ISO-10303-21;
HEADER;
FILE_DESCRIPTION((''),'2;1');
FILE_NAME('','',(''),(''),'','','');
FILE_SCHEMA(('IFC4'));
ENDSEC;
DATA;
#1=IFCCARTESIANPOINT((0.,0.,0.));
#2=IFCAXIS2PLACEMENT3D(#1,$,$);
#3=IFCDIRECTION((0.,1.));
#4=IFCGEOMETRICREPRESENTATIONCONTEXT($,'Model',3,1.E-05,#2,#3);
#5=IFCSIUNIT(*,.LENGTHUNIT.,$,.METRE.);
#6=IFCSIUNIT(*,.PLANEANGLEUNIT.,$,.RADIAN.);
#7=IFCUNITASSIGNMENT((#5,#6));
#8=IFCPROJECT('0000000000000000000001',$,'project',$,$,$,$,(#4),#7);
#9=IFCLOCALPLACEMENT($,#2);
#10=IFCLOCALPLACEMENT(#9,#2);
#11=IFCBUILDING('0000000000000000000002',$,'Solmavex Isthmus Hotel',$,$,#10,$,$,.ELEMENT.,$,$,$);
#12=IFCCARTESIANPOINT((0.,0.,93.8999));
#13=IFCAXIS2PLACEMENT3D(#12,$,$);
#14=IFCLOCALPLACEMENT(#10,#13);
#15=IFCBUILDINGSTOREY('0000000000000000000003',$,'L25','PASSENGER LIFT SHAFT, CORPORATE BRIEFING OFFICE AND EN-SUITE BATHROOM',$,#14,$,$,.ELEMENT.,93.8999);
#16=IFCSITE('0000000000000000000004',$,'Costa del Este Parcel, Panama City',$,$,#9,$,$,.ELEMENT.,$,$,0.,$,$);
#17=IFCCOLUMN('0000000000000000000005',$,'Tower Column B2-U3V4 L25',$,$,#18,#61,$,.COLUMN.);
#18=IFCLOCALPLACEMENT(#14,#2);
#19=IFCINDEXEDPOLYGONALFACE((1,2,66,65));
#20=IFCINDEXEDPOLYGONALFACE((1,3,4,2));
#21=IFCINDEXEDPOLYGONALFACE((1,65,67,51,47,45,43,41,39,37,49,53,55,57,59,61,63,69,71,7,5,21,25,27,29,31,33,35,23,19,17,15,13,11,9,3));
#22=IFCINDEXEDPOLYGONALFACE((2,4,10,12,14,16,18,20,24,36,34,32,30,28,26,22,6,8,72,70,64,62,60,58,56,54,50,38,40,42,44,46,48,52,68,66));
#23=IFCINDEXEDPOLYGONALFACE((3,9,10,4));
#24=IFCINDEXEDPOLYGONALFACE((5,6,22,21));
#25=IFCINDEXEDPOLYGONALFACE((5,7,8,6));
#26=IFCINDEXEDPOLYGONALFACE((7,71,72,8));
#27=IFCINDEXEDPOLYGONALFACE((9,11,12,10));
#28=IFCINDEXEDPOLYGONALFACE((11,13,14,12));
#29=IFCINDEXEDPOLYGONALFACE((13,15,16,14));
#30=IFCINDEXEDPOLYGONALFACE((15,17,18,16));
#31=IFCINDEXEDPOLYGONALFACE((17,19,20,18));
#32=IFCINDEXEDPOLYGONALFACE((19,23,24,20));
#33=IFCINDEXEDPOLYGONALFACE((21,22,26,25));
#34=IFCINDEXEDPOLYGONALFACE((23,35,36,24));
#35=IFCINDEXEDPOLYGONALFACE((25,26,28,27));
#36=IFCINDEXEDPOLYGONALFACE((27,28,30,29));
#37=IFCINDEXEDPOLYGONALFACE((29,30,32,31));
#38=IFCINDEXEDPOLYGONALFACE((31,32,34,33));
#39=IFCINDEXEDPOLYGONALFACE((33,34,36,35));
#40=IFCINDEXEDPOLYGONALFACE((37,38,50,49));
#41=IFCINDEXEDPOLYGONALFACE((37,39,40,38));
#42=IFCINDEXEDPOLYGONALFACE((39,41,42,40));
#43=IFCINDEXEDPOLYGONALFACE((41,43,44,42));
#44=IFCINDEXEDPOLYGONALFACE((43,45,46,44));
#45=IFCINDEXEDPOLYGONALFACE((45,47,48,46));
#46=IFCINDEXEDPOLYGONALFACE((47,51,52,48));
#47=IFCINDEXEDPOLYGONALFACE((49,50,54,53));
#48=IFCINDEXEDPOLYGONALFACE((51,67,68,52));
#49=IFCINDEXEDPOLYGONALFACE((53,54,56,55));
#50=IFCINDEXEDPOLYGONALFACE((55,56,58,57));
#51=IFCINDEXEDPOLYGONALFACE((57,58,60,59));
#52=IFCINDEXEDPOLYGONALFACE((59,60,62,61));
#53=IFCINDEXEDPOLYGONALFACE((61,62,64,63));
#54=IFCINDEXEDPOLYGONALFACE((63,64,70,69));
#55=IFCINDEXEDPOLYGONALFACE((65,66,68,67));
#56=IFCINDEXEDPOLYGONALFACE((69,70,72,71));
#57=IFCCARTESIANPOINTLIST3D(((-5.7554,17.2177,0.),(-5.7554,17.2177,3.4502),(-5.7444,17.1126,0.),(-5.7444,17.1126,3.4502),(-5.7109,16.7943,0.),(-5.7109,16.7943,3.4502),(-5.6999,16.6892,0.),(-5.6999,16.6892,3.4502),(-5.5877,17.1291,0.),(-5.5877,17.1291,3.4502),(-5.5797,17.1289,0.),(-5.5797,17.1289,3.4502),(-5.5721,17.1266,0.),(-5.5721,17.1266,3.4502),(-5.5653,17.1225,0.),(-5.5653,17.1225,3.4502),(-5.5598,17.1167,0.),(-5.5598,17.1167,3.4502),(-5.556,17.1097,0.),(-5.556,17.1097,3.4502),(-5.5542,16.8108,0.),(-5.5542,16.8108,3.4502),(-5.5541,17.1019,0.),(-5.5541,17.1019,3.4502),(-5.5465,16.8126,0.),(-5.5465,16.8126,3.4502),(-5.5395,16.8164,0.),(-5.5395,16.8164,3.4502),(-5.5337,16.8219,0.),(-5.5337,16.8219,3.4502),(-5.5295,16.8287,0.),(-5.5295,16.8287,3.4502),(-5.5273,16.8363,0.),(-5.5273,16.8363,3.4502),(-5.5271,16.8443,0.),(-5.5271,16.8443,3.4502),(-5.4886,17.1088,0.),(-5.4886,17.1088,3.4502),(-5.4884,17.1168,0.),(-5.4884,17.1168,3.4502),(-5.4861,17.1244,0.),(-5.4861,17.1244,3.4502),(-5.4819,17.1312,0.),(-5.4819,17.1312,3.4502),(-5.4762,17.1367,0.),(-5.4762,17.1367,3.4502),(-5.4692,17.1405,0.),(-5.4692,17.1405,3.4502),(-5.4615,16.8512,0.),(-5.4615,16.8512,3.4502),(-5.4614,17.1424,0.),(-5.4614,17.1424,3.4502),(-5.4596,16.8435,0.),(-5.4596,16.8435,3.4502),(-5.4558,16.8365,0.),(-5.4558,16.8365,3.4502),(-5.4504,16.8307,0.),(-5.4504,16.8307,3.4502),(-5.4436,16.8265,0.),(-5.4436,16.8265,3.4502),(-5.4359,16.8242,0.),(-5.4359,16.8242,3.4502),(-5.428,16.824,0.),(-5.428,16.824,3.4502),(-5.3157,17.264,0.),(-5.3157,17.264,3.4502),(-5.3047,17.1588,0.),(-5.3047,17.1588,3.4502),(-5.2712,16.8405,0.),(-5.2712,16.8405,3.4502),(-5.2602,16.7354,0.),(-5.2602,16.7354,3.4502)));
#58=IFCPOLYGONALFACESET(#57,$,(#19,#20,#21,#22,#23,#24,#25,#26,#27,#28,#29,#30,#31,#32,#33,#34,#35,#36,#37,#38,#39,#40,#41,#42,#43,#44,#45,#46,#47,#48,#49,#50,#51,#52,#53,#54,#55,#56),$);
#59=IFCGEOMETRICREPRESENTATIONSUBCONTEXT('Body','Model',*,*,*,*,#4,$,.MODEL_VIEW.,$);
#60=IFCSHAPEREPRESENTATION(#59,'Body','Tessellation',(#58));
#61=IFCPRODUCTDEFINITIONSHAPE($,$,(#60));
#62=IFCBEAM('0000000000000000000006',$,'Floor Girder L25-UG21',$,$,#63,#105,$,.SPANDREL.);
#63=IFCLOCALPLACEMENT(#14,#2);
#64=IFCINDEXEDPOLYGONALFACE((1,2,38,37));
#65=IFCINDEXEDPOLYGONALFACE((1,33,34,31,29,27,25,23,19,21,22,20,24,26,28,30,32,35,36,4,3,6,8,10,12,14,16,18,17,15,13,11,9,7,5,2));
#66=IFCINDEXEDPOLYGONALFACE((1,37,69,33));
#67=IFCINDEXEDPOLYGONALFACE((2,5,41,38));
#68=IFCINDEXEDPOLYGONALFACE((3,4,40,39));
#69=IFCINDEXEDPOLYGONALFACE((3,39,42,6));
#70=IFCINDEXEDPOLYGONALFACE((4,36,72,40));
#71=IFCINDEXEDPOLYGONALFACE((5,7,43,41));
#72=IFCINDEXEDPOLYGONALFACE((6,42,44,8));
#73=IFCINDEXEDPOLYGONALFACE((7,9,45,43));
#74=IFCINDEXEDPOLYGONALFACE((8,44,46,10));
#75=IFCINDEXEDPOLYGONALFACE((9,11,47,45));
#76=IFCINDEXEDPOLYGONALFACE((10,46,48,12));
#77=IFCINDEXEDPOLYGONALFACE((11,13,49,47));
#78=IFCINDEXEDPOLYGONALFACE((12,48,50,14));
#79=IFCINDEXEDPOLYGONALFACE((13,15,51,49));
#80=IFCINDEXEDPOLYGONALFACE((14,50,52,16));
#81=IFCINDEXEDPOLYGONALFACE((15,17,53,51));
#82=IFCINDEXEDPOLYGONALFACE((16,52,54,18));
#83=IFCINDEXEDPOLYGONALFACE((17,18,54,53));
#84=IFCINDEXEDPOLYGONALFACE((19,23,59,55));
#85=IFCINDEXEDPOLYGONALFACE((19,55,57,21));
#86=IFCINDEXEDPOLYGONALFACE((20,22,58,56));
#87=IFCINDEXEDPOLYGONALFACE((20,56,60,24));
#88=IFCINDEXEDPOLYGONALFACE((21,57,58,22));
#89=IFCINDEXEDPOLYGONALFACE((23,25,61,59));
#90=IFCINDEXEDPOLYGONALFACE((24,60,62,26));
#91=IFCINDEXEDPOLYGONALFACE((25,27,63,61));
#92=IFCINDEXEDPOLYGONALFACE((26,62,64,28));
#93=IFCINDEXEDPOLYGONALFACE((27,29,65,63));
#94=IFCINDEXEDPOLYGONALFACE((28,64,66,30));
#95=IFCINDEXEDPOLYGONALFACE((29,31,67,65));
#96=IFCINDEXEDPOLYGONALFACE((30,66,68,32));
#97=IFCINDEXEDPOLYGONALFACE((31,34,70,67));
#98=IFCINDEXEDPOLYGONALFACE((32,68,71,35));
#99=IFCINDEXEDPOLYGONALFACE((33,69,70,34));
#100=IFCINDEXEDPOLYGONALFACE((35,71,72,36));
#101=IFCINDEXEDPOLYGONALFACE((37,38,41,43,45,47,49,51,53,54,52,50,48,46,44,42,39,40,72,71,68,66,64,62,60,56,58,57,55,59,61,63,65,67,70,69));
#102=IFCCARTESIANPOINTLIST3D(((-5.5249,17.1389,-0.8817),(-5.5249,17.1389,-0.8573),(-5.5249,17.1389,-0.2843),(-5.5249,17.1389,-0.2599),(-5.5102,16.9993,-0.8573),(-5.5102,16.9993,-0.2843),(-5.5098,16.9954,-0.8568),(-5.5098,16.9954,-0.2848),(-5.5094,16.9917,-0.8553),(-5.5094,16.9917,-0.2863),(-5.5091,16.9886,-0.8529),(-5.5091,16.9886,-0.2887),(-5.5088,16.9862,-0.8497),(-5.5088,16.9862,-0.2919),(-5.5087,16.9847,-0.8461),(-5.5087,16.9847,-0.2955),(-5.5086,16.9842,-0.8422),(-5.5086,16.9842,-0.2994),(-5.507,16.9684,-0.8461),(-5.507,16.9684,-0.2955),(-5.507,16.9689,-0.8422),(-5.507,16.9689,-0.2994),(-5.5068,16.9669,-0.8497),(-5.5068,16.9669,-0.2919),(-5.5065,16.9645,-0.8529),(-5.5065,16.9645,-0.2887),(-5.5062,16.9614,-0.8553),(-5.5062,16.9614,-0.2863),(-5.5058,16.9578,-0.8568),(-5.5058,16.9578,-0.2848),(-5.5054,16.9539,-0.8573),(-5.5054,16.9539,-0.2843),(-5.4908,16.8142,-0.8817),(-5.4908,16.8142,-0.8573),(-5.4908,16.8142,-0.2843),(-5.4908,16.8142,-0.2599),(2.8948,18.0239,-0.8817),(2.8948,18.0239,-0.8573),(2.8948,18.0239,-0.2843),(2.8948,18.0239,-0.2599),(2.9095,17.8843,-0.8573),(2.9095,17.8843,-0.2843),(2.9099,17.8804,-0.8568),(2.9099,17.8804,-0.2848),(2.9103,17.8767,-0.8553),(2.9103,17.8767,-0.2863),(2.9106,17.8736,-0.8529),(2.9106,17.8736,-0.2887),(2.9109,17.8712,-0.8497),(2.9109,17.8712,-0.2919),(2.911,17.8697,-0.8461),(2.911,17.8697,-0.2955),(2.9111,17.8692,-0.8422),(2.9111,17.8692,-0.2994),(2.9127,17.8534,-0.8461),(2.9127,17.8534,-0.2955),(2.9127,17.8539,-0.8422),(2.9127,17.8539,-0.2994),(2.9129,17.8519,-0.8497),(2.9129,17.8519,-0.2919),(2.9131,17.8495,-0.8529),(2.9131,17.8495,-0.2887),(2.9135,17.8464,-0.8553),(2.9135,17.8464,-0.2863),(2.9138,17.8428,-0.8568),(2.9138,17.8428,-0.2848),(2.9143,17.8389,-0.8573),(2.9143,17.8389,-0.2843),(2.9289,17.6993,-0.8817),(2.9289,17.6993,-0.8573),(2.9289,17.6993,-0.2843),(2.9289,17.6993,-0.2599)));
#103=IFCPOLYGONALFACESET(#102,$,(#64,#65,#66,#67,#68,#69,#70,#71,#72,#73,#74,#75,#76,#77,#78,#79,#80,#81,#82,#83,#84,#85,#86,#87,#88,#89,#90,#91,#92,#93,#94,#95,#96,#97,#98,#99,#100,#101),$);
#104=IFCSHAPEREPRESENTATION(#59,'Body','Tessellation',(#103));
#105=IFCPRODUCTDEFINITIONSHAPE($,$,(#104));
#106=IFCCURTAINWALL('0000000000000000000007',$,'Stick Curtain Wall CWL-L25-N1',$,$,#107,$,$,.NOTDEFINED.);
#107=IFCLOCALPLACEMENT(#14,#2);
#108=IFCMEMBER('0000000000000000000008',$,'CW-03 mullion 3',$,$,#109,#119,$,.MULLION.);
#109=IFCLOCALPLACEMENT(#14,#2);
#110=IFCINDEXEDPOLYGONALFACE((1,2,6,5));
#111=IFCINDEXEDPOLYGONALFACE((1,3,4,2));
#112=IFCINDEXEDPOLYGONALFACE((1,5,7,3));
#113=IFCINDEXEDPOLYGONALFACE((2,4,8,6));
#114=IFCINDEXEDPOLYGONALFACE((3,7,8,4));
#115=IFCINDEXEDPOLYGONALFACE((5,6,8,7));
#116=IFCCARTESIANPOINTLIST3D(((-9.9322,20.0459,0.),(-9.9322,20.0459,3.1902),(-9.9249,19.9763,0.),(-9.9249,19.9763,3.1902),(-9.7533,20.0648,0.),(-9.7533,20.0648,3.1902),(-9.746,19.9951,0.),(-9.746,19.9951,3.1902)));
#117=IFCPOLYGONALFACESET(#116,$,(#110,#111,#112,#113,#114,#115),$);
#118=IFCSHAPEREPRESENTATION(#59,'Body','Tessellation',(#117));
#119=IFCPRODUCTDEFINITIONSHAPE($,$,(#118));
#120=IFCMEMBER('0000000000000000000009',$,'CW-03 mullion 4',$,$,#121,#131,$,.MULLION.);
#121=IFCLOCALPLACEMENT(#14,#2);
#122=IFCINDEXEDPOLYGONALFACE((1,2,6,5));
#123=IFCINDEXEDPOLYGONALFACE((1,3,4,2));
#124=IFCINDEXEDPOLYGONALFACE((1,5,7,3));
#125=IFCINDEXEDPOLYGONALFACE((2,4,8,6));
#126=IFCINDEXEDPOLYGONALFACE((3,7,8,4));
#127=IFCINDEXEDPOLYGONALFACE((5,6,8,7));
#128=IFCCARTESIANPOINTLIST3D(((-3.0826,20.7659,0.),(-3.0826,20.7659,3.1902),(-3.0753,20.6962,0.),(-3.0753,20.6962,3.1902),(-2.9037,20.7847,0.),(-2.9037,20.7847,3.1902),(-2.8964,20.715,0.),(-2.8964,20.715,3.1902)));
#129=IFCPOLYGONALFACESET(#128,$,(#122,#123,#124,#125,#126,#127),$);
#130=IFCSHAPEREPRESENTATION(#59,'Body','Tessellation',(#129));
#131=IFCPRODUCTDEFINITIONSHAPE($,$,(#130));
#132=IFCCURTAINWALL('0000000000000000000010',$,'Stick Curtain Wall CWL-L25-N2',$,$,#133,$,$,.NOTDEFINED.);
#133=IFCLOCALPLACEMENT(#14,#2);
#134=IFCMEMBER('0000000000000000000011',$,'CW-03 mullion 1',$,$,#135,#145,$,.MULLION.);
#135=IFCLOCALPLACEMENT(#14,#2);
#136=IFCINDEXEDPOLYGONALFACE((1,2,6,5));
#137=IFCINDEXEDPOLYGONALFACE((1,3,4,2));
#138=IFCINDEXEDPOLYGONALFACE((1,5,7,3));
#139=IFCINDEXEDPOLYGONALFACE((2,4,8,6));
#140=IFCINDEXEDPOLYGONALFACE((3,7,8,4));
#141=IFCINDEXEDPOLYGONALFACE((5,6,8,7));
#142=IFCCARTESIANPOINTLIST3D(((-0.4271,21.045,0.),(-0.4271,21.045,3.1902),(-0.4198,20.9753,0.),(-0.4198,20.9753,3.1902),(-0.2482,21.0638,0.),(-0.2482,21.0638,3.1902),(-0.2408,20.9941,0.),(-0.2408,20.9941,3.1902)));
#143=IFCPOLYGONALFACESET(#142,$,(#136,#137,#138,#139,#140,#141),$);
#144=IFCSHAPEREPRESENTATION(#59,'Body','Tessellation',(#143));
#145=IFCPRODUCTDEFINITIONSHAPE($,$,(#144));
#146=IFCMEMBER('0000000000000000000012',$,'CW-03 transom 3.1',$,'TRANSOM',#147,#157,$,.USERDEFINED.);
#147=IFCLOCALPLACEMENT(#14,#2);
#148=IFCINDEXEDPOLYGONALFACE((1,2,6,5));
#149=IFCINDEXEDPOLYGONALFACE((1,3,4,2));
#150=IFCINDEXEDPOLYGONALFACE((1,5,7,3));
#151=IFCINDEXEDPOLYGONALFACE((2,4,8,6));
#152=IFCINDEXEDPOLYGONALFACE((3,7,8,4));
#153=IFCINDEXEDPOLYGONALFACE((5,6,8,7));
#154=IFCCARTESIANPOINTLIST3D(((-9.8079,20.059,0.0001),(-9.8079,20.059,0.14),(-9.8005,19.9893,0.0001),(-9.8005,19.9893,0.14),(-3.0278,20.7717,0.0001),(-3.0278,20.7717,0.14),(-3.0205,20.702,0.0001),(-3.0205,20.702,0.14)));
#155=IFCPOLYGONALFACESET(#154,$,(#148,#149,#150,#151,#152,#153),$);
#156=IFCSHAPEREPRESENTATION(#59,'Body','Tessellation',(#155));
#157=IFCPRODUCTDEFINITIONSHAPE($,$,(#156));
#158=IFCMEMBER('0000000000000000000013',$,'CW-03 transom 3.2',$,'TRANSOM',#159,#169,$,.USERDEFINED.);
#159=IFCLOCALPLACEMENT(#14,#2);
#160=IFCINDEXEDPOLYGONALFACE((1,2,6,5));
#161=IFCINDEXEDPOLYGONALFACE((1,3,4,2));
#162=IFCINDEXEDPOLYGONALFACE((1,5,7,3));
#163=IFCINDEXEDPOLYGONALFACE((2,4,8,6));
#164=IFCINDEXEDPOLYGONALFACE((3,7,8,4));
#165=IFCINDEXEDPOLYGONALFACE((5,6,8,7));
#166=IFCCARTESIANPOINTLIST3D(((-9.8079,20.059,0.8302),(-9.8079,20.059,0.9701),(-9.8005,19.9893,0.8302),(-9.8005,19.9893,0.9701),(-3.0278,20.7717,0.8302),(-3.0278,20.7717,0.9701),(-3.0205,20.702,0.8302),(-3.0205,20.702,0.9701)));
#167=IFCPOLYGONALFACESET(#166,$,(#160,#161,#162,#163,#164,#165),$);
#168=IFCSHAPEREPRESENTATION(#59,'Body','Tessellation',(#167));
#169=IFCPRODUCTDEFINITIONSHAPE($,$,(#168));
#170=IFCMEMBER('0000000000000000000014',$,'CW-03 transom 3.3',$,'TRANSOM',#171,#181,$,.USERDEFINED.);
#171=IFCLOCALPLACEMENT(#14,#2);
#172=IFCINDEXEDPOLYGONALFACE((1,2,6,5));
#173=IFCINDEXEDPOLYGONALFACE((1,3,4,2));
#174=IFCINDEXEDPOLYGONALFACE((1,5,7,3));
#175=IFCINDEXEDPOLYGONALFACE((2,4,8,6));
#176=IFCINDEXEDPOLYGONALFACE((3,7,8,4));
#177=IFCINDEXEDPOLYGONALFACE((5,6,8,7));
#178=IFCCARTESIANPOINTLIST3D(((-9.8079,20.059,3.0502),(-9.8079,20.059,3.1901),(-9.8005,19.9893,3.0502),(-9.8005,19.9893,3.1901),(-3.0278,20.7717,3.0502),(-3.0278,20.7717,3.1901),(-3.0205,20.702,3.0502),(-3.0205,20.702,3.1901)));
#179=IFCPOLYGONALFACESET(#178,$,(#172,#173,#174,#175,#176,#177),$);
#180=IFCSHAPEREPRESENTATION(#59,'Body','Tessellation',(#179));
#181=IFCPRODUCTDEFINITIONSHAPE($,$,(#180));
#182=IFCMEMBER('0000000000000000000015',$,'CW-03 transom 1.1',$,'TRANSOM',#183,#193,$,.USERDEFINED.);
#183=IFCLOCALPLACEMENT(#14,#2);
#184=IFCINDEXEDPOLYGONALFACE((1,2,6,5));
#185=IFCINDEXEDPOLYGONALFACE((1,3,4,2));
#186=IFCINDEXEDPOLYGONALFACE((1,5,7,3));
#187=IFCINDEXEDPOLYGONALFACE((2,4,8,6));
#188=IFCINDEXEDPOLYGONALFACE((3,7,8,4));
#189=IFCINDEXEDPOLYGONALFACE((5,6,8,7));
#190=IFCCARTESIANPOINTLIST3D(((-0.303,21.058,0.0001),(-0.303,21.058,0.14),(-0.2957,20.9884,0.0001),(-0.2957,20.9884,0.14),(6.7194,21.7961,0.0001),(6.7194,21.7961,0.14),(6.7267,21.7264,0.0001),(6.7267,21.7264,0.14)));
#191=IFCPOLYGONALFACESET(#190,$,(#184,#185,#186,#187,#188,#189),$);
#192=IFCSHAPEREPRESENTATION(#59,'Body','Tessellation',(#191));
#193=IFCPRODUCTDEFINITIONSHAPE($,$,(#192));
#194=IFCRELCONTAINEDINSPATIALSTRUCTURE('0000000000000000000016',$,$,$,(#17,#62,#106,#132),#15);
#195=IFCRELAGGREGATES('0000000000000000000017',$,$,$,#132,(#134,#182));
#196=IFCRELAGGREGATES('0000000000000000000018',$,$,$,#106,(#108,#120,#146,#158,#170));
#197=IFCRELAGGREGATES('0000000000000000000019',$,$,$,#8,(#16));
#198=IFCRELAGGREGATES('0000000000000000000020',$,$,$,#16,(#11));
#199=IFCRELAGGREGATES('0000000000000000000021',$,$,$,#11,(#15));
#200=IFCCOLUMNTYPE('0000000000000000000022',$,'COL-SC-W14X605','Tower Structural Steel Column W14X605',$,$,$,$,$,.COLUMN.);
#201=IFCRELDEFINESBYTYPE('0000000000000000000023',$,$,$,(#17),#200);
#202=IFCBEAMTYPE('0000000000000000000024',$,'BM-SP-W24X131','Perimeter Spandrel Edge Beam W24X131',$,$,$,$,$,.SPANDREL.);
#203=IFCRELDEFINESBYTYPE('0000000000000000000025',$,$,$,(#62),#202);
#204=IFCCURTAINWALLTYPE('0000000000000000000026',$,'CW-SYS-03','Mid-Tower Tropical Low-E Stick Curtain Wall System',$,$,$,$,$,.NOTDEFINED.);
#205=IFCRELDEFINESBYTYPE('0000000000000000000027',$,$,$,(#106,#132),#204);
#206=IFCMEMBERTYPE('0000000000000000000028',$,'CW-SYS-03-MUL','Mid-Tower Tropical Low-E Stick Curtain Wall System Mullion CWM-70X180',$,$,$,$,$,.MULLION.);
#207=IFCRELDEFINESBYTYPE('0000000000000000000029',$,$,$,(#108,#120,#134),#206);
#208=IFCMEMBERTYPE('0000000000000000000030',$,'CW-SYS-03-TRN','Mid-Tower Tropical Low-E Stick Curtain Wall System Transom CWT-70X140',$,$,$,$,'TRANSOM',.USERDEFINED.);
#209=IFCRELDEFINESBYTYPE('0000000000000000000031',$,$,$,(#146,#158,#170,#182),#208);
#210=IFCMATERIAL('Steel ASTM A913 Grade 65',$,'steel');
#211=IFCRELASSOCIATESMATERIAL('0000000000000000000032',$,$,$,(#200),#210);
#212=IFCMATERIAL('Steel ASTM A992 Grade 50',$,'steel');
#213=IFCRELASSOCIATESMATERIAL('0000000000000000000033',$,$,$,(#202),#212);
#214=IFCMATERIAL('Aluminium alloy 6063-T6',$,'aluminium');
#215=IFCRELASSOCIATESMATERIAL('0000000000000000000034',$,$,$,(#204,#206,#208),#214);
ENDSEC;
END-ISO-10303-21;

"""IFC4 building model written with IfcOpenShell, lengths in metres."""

from ifc_helpers import new_model, si_unit, direction, frame, origin, origin_2d, place, context, subcontext, project, spatial, rectangle, i_section, extrude, material, material_profile, profile_set, type_object, element, aggregate, save


model = new_model("IFC4")

# Units and contexts
model_context = context("Model", 3, precision=1e-05, world=origin(), true_north=direction((0.0, 1.0)))
body_context = subcontext(model_context, "Body", "Model", "MODEL_VIEW")
ifc_project = project(units=[si_unit("LENGTHUNIT", "METRE"), si_unit("PLANEANGLEUNIT", "RADIAN")], contexts=[model_context])

# Site, building, storey
site_placement = place(None, origin())
site = spatial("IfcSite", under=ifc_project, at=site_placement, Name="Costa del Este Parcel, Panama City", CompositionType="ELEMENT", RefElevation=0.0)
building_placement = place(site_placement, origin())
building = spatial("IfcBuilding", under=site, at=building_placement, Name="Solmavex Isthmus Hotel", CompositionType="ELEMENT")
storey_placement = place(building_placement, frame((0.0, 0.0, 93.8999)))
storey = spatial("IfcBuildingStorey", under=building, at=storey_placement, Name="L25", Description="PASSENGER LIFT SHAFT, CORPORATE BRIEFING OFFICE AND EN-SUITE BATHROOM", CompositionType="ELEMENT", Elevation=93.8999)

# Column
ifc_material_1 = material(Name="Steel ASTM A913 Grade 65", Category="steel")
ifc_material_profile_1 = material_profile(ifc_material_1, i_section(OverallWidth=0.4421, OverallDepth=0.5315, WebThickness=0.0659, FlangeThickness=0.1057, FilletRadius=0.0305, at=origin_2d()), Name="W14X605")
ifc_profile_set_1 = profile_set([ifc_material_profile_1], Name="Steel ASTM A913 Grade 65")
column_type = type_object("IfcColumnType", Name="COL-SC-W14X605", Description="Tower Structural Steel Column W14X605", PredefinedType="COLUMN", material=ifc_profile_set_1)
column_placement = place(storey_placement, frame((-5.5078, 16.9766, 0.0), z_axis=(0.0, 0.0, 1.0), x_axis=(0.994522, 0.104528, 0.0)))
element("IfcColumn", 1, at=column_placement, inside=storey, type_object=column_type, Name="Tower Column B2-U3V4 L25", PredefinedType="COLUMN", context=body_context, shape_type="SweptSolid", body=[
    extrude(i_section(OverallWidth=0.4421, OverallDepth=0.5315, WebThickness=0.0659, FlangeThickness=0.1057, FilletRadius=0.0305, at=origin_2d()), origin(), (0.0, 0.0, 1.0), 3.4502),
])

# Beam
ifc_material_2 = material(Name="Steel ASTM A992 Grade 50", Category="steel")
ifc_material_profile_2 = material_profile(ifc_material_2, i_section(OverallWidth=0.3264, OverallDepth=0.6218, WebThickness=0.0154, FlangeThickness=0.0244, FilletRadius=0.0151, at=origin_2d()), Name="W24X131")
ifc_profile_set_2 = profile_set([ifc_material_profile_2], Name="Steel ASTM A992 Grade 50")
beam_type = type_object("IfcBeamType", Name="BM-SP-W24X131", Description="Perimeter Spandrel Edge Beam W24X131", PredefinedType="SPANDREL", material=ifc_profile_set_2)
beam_placement = place(storey_placement, frame((-5.5078, 16.9766, -0.5708), z_axis=(0.994521, 0.104536, 0.0), x_axis=(-0.104536, 0.994521, 0.0)))
element("IfcBeam", 2, at=beam_placement, inside=storey, type_object=beam_type, Name="Floor Girder L25-UG21", PredefinedType="SPANDREL", context=body_context, shape_type="SweptSolid", body=[
    extrude(i_section(OverallWidth=0.3264, OverallDepth=0.6218, WebThickness=0.0154, FlangeThickness=0.0244, FilletRadius=0.0151, at=origin_2d()), origin(), (0.0, 0.0, 1.0), 8.4661),
])

# Curtain wall, members
ifc_material_3 = material(Name="Aluminium alloy 6063-T6", Category="aluminium")
curtain_wall_type = type_object("IfcCurtainWallType", Name="CW-SYS-03", Description="Mid-Tower Tropical Low-E Stick Curtain Wall System", PredefinedType="NOTDEFINED", material=ifc_material_3)
curtain_wall_1_placement = place(storey_placement, origin())
curtain_wall_1 = element("IfcCurtainWall", 3, at=curtain_wall_1_placement, inside=storey, type_object=curtain_wall_type, Name="Stick Curtain Wall CWL-L25-N1", PredefinedType="NOTDEFINED")
ifc_material_profile_3 = material_profile(ifc_material_3, rectangle(XDim=0.0701, YDim=0.1799, at=origin_2d()), Name="CWM-70X180")
ifc_profile_set_3 = profile_set([ifc_material_profile_3], Name="Aluminium alloy 6063-T6")
member_type_1 = type_object("IfcMemberType", Name="CW-SYS-03-MUL", Description="Mid-Tower Tropical Low-E Stick Curtain Wall System Mullion CWM-70X180", PredefinedType="MULLION", material=ifc_profile_set_3)
member_1_placement = place(storey_placement, frame((-9.8391, 20.0205, 0.0), z_axis=(0.0, 0.0, 1.0), x_axis=(-0.104528, 0.994522, 0.0)))
member_1 = element("IfcMember", 4, at=member_1_placement, type_object=member_type_1, Name="CW-03 mullion 3", PredefinedType="MULLION", context=body_context, shape_type="SweptSolid", body=[
    extrude(rectangle(XDim=0.0701, YDim=0.1799, at=origin_2d()), origin(), (0.0, 0.0, 1.0), 3.1902),
])
member_2_placement = place(storey_placement, frame((-2.9895, 20.7405, 0.0), z_axis=(0.0, 0.0, 1.0), x_axis=(-0.104528, 0.994522, 0.0)))
member_2 = element("IfcMember", 5, at=member_2_placement, type_object=member_type_1, Name="CW-03 mullion 4", PredefinedType="MULLION", context=body_context, shape_type="SweptSolid", body=[
    extrude(rectangle(XDim=0.0701, YDim=0.1799, at=origin_2d()), origin(), (0.0, 0.0, 1.0), 3.1902),
])

# Curtain wall, member
curtain_wall_2_placement = place(storey_placement, origin())
curtain_wall_2 = element("IfcCurtainWall", 6, at=curtain_wall_2_placement, inside=storey, type_object=curtain_wall_type, Name="Stick Curtain Wall CWL-L25-N2", PredefinedType="NOTDEFINED")
member_3_placement = place(storey_placement, frame((-0.334, 21.0195, 0.0), z_axis=(0.0, 0.0, 1.0), x_axis=(-0.104529, 0.994522, 0.0)))
member_3 = element("IfcMember", 7, at=member_3_placement, type_object=member_type_1, Name="CW-03 mullion 1", PredefinedType="MULLION", context=body_context, shape_type="SweptSolid", body=[
    extrude(rectangle(XDim=0.0701, YDim=0.1799, at=origin_2d()), origin(), (0.0, 0.0, 1.0), 3.1902),
])

# Members
ifc_material_profile_4 = material_profile(ifc_material_3, rectangle(XDim=0.0701, YDim=0.1399, at=origin_2d()), Name="CWT-70X140")
ifc_profile_set_4 = profile_set([ifc_material_profile_4], Name="Aluminium alloy 6063-T6")
member_type_2 = type_object("IfcMemberType", Name="CW-SYS-03-TRN", Description="Mid-Tower Tropical Low-E Stick Curtain Wall System Transom CWT-70X140", ElementType="TRANSOM", PredefinedType="USERDEFINED", material=ifc_profile_set_4)
member_4_placement = place(storey_placement, frame((-9.8042, 20.0242, 0.0701), z_axis=(0.994521, 0.104534, 0.0), x_axis=(-0.104534, 0.994521, 0.0)))
member_4 = element("IfcMember", 8, at=member_4_placement, type_object=member_type_2, Name="CW-03 transom 3.1", ObjectType="TRANSOM", PredefinedType="USERDEFINED", context=body_context, shape_type="SweptSolid", body=[
    extrude(rectangle(XDim=0.0701, YDim=0.1399, at=origin_2d()), origin(), (0.0, 0.0, 1.0), 6.8174),
])
member_5_placement = place(storey_placement, frame((-9.8042, 20.0242, 0.9001), z_axis=(0.994521, 0.104534, 0.0), x_axis=(-0.104534, 0.994521, 0.0)))
member_5 = element("IfcMember", 9, at=member_5_placement, type_object=member_type_2, Name="CW-03 transom 3.2", ObjectType="TRANSOM", PredefinedType="USERDEFINED", context=body_context, shape_type="SweptSolid", body=[
    extrude(rectangle(XDim=0.0701, YDim=0.1399, at=origin_2d()), origin(), (0.0, 0.0, 1.0), 6.8174),
])
member_6_placement = place(storey_placement, frame((-9.8042, 20.0242, 3.1201), z_axis=(0.994521, 0.104534, 0.0), x_axis=(-0.104534, 0.994521, 0.0)))
member_6 = element("IfcMember", 10, at=member_6_placement, type_object=member_type_2, Name="CW-03 transom 3.3", ObjectType="TRANSOM", PredefinedType="USERDEFINED", context=body_context, shape_type="SweptSolid", body=[
    extrude(rectangle(XDim=0.0701, YDim=0.1399, at=origin_2d()), origin(), (0.0, 0.0, 1.0), 6.8174),
])
member_7_placement = place(storey_placement, frame((-0.2993, 21.0232, 0.0701), z_axis=(0.994523, 0.104521, 0.0), x_axis=(-0.104521, 0.994523, 0.0)))
member_7 = element("IfcMember", 11, at=member_7_placement, type_object=member_type_2, Name="CW-03 transom 1.1", ObjectType="TRANSOM", PredefinedType="USERDEFINED", context=body_context, shape_type="SweptSolid", body=[
    extrude(rectangle(XDim=0.0701, YDim=0.1399, at=origin_2d()), origin(), (0.0, 0.0, 1.0), 7.061),
])
aggregate(curtain_wall_2, [member_3, member_7])

aggregate(curtain_wall_1, [member_1, member_2, member_4, member_5, member_6])

save(model, "model.ifc")
